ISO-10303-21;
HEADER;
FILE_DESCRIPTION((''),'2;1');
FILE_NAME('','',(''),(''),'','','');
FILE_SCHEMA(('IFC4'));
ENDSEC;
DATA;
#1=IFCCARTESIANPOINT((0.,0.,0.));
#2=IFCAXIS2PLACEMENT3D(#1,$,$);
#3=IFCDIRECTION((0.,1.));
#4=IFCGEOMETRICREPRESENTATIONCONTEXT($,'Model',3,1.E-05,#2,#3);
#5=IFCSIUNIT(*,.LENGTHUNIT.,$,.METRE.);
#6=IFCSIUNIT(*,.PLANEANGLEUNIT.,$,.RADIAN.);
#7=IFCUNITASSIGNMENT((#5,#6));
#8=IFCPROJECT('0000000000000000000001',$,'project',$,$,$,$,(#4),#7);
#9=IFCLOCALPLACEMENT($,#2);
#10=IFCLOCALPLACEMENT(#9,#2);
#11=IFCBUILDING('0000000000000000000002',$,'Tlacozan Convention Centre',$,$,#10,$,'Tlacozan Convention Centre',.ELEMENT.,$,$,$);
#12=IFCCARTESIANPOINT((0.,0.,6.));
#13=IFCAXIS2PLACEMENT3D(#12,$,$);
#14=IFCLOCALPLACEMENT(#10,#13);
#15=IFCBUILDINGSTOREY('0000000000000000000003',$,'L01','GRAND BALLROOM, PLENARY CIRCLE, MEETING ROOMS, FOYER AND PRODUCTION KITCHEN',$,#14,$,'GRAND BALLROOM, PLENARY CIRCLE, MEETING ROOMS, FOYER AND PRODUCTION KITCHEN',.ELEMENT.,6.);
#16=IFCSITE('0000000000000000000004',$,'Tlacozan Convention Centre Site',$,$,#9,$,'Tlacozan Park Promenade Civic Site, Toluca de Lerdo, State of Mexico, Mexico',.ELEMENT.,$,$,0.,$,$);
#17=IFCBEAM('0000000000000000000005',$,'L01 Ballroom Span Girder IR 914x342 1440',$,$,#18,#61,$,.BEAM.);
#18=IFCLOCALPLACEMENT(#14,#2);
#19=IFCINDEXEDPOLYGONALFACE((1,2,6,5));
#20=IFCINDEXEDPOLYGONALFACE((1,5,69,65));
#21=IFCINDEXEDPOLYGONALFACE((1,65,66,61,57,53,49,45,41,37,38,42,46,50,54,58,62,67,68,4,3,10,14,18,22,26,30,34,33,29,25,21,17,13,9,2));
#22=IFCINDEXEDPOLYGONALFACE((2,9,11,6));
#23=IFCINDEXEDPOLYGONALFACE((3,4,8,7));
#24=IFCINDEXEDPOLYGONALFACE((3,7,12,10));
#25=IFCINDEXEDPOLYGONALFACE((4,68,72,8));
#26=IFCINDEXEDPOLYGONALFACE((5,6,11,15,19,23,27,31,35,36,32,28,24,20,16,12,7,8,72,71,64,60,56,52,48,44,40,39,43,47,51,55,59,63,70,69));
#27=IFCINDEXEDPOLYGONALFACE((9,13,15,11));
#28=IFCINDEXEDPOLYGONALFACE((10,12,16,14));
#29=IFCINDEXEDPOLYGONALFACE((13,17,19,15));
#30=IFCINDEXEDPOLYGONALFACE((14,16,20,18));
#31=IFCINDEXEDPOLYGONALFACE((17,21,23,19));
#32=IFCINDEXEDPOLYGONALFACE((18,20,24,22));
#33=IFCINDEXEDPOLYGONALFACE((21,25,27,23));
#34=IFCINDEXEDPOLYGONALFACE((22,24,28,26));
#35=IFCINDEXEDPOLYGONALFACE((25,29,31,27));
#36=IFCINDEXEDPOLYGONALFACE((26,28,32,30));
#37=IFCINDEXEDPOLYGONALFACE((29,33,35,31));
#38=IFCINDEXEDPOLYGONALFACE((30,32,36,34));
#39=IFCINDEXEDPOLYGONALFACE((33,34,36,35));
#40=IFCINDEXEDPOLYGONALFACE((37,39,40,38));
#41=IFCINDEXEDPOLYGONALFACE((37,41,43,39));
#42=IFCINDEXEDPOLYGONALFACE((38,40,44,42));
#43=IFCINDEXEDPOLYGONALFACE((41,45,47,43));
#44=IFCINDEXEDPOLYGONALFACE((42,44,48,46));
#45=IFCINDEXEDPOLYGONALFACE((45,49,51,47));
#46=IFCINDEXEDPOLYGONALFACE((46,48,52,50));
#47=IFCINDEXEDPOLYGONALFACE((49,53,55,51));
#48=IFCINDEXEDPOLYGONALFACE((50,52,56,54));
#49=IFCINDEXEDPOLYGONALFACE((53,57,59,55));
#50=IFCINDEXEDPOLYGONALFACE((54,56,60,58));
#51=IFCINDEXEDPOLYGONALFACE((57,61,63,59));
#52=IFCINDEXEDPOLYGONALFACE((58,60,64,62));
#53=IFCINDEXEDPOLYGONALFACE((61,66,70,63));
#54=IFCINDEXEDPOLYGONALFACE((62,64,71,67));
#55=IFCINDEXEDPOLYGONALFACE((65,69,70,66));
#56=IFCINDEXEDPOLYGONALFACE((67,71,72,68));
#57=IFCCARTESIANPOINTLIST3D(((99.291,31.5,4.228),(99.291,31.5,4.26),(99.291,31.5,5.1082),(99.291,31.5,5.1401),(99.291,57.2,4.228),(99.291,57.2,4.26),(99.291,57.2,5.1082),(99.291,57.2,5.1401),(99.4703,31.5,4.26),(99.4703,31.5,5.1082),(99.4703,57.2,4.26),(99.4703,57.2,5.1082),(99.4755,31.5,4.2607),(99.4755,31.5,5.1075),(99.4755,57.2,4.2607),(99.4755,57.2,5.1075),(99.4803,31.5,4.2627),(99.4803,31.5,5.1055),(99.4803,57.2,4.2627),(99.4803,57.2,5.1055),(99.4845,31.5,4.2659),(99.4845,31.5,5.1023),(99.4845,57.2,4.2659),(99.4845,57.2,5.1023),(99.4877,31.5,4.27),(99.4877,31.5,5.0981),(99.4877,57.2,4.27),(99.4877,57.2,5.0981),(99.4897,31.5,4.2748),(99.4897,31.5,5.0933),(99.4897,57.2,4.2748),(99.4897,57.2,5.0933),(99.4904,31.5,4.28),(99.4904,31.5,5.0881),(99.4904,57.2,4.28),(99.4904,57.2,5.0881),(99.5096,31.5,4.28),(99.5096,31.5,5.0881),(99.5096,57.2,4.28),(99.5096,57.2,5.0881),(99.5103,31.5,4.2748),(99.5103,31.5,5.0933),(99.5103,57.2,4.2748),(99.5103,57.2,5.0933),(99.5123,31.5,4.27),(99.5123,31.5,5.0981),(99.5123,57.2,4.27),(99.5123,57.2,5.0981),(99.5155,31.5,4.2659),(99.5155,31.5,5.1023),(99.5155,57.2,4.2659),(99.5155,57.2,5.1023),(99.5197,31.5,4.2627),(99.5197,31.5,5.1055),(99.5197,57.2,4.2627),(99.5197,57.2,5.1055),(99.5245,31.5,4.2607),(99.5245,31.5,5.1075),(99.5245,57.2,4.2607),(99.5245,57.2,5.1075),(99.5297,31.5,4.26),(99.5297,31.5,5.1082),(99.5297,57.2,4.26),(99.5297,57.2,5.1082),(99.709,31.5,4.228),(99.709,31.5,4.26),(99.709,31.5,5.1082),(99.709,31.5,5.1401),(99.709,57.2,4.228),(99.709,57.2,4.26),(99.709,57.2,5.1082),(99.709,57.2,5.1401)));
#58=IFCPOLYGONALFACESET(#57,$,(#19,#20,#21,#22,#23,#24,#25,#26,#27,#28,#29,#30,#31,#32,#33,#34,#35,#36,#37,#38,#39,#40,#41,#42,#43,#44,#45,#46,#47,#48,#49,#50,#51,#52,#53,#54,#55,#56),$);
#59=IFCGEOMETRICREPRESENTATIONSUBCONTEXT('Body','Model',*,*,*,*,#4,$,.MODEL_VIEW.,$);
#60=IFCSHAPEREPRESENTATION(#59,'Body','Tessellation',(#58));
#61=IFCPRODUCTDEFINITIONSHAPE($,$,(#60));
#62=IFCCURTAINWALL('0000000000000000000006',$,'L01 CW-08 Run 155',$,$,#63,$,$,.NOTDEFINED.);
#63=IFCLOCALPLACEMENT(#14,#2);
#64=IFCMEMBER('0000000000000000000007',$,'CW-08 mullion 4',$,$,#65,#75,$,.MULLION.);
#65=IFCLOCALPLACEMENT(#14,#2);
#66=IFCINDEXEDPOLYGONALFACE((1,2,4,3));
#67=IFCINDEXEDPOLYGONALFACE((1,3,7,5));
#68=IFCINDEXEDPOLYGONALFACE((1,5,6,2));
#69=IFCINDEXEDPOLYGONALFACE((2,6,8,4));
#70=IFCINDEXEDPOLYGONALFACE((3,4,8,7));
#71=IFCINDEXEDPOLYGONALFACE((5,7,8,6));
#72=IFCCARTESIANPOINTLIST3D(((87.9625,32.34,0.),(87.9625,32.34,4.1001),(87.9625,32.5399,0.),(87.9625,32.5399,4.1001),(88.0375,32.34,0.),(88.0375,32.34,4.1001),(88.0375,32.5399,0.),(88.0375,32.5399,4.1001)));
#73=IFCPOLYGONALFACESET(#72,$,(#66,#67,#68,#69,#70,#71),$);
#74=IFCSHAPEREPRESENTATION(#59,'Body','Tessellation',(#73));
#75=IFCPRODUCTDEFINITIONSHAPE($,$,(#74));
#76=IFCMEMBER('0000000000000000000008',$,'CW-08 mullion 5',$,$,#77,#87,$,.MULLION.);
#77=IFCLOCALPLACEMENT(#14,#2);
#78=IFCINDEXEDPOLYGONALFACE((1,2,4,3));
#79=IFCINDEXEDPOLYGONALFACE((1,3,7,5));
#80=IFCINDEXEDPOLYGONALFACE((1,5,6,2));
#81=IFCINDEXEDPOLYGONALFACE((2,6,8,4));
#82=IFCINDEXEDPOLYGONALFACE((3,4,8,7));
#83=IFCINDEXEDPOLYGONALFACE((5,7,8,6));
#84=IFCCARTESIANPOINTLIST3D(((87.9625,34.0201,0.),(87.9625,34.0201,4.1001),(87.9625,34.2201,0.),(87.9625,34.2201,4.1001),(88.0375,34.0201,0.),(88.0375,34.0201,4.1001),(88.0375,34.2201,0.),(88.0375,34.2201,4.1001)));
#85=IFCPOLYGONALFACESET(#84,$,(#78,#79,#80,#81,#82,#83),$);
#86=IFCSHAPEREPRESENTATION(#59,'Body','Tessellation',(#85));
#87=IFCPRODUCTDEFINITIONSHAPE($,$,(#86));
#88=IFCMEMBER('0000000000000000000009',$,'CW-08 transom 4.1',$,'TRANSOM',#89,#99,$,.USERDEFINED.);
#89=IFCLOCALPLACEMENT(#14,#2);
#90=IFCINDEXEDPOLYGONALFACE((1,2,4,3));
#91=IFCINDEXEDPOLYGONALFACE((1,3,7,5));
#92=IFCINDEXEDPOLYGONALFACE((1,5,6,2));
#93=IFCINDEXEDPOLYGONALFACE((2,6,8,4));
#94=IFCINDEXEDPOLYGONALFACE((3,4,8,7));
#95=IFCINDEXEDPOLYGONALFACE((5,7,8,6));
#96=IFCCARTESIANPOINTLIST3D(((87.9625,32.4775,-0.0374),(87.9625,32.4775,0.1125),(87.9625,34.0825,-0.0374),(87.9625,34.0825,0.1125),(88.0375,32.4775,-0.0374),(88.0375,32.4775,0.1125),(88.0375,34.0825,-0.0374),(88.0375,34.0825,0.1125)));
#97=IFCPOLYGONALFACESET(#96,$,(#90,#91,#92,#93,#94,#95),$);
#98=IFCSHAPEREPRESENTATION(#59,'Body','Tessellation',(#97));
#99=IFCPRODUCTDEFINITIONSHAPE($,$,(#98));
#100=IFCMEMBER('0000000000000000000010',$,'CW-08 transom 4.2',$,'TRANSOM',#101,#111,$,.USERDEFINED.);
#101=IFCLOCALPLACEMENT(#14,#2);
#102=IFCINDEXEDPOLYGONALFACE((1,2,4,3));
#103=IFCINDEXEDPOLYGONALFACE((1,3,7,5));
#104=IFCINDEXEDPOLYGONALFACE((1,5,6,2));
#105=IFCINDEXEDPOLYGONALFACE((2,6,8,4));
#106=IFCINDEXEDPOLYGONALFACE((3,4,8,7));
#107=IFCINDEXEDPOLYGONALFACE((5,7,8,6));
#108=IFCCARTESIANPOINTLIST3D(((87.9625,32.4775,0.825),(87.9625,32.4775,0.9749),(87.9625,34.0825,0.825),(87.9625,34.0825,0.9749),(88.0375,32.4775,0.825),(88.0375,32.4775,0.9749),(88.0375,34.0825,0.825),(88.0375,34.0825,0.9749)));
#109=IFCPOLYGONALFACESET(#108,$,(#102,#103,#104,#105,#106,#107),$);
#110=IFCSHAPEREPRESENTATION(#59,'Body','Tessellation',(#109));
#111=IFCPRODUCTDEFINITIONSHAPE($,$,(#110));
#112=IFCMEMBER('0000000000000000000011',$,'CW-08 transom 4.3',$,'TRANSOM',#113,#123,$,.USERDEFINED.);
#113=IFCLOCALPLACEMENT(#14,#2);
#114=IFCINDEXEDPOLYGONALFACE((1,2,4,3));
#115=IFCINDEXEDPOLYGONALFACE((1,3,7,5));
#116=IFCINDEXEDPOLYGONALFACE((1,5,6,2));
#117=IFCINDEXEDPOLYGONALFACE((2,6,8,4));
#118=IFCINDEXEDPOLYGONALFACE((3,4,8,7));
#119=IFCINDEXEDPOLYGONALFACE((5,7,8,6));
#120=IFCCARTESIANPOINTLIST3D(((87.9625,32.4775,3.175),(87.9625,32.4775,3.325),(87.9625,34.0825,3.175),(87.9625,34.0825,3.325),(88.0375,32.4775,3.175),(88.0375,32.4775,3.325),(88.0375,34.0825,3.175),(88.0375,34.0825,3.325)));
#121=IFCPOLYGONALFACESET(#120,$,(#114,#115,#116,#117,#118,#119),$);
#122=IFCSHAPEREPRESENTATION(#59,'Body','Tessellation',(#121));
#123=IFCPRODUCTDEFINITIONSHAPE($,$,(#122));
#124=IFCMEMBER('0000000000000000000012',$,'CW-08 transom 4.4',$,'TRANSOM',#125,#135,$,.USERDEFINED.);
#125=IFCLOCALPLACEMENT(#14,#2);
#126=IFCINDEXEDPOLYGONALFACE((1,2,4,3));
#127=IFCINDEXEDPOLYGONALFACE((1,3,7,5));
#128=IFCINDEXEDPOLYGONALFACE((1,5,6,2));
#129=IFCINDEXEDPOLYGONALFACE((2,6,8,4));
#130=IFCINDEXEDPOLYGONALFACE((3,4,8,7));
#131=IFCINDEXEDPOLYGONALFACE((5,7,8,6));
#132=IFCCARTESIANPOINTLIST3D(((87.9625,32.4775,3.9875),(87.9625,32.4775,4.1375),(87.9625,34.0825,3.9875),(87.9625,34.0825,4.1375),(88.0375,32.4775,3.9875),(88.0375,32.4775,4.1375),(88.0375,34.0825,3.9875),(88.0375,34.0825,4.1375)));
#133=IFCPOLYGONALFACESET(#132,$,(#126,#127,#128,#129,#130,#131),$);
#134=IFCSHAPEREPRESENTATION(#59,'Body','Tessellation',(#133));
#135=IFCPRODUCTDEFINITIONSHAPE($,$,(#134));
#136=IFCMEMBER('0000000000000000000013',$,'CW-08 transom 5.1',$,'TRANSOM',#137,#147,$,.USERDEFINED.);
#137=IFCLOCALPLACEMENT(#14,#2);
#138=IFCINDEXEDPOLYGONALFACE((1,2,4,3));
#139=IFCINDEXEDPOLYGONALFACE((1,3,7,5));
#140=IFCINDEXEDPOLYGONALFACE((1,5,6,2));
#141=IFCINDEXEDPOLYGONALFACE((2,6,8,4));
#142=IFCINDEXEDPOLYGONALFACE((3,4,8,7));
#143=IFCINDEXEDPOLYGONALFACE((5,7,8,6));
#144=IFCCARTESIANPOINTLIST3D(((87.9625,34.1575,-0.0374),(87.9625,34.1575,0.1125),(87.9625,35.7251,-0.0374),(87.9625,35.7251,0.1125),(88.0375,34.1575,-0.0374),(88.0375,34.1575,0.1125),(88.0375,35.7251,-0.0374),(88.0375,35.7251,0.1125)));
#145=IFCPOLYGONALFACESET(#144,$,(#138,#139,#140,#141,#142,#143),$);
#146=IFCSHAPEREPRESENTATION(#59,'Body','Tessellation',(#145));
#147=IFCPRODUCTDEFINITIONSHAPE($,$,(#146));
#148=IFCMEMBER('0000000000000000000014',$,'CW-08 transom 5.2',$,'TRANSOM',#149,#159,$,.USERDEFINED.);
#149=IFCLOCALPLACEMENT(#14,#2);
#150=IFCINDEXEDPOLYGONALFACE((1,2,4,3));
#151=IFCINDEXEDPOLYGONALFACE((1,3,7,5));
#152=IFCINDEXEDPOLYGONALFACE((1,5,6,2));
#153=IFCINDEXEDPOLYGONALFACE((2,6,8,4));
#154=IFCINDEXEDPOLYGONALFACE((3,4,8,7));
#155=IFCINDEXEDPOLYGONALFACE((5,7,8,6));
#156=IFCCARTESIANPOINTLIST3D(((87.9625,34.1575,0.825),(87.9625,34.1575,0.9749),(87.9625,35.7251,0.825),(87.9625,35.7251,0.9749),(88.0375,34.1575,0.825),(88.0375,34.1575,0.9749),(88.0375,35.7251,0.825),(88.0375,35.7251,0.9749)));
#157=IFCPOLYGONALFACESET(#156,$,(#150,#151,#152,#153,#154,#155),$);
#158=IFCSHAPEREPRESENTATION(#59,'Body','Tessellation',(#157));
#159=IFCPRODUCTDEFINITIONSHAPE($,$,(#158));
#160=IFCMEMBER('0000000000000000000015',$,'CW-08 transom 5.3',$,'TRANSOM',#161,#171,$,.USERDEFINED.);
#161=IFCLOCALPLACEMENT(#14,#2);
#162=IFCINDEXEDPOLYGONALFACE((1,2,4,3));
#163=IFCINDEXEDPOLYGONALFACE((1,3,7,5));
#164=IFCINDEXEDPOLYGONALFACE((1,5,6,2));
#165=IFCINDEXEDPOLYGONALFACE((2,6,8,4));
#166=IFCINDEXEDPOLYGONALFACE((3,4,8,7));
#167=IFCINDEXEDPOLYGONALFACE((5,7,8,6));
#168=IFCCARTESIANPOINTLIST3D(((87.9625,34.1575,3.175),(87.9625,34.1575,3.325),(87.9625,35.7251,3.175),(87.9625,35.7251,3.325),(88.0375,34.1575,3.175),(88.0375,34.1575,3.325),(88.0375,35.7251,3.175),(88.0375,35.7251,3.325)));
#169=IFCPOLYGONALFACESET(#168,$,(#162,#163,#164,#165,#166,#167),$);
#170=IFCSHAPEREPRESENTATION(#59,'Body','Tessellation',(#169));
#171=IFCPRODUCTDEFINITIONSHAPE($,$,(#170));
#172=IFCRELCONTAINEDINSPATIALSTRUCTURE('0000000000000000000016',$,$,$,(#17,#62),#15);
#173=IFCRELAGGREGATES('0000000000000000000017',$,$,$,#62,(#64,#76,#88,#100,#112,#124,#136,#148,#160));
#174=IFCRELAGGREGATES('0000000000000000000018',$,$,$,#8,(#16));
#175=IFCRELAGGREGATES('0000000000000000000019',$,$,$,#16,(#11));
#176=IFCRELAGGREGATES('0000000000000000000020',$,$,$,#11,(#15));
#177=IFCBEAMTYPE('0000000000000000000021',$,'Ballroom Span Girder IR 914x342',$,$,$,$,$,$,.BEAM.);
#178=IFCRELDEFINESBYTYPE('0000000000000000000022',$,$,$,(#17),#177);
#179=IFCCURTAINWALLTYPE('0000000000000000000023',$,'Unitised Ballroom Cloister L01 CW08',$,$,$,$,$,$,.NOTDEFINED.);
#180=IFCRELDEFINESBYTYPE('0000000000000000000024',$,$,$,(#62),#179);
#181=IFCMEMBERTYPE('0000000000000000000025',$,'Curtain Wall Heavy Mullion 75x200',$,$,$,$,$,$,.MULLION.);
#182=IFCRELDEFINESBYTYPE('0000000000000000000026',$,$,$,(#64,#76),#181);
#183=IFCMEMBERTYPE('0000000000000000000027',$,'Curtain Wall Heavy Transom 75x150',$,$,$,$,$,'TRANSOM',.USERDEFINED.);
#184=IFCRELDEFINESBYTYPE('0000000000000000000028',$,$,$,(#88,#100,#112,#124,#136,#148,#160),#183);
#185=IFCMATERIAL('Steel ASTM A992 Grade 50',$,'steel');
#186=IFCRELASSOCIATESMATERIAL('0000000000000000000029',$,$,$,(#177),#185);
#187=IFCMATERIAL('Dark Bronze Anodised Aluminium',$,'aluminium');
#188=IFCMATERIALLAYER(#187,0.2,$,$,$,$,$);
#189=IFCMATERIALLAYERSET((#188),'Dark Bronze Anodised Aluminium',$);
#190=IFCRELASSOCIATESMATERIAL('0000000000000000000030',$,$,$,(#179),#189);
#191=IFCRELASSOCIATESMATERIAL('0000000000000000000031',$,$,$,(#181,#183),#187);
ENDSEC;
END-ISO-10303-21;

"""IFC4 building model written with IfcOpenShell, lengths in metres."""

from ifc_helpers import new_model, si_unit, direction, frame, origin, origin_2d, place, context, subcontext, project, spatial, rectangle, i_section, extrude, material, layer, layer_set, material_profile, profile_set, type_object, element, aggregate, save


model = new_model("IFC4")

# Units and contexts
model_context = context("Model", 3, precision=1e-05, world=origin(), true_north=direction((0.0, 1.0)))
body_context = subcontext(model_context, "Body", "Model", "MODEL_VIEW")
ifc_project = project(units=[si_unit("LENGTHUNIT", "METRE"), si_unit("PLANEANGLEUNIT", "RADIAN")], contexts=[model_context])

# Site, building, storey
site_placement = place(None, origin())
site = spatial("IfcSite", under=ifc_project, at=site_placement, Name="Tlacozan Convention Centre Site", LongName="Tlacozan Park Promenade Civic Site, Toluca de Lerdo, State of Mexico, Mexico", CompositionType="ELEMENT", RefElevation=0.0)
building_placement = place(site_placement, origin())
building = spatial("IfcBuilding", under=site, at=building_placement, Name="Tlacozan Convention Centre", LongName="Tlacozan Convention Centre", CompositionType="ELEMENT")
storey_placement = place(building_placement, frame((0.0, 0.0, 6.0)))
storey = spatial("IfcBuildingStorey", under=building, at=storey_placement, Name="L01", Description="GRAND BALLROOM, PLENARY CIRCLE, MEETING ROOMS, FOYER AND PRODUCTION KITCHEN", LongName="GRAND BALLROOM, PLENARY CIRCLE, MEETING ROOMS, FOYER AND PRODUCTION KITCHEN", CompositionType="ELEMENT", Elevation=6.0)

# Shared definitions
ifc_material_1 = material(Name="Steel ASTM A992 Grade 50", Category="steel")

# Beam
ifc_material_profile_1 = material_profile(ifc_material_1, i_section(OverallWidth=0.418, OverallDepth=0.9121, WebThickness=0.0193, FlangeThickness=0.032, FilletRadius=0.02, at=origin_2d()), Name="IR 914x342.0")
ifc_profile_set_1 = profile_set([ifc_material_profile_1], Name="Steel ASTM A992 Grade 50")
beam_type_1 = type_object("IfcBeamType", Name="Ballroom Span Girder IR 914x342", PredefinedType="BEAM", material=ifc_profile_set_1)
beam_1_placement = place(storey_placement, frame((99.5, 31.5, 4.6841), z_axis=(0.0, 1.0, 0.0), x_axis=(-1.0, 0.0, 0.0)))
element("IfcBeam", 1, at=beam_1_placement, inside=storey, type_object=beam_type_1, Name="L01 Ballroom Span Girder IR 914x342 1440", PredefinedType="BEAM", context=body_context, shape_type="SweptSolid", body=[
    extrude(i_section(OverallWidth=0.418, OverallDepth=0.9121, WebThickness=0.0193, FlangeThickness=0.032, FilletRadius=0.02, at=origin_2d()), origin(), (0.0, 0.0, 1.0), 25.7),
])

# Curtain wall, members
ifc_material_2 = material(Name="Dark Bronze Anodised Aluminium", Category="aluminium")
ifc_layer_1 = layer(ifc_material_2, 0.2)
ifc_layer_set_1 = layer_set([ifc_layer_1], Name="Dark Bronze Anodised Aluminium")
curtain_wall_type = type_object("IfcCurtainWallType", Name="Unitised Ballroom Cloister L01 CW08", PredefinedType="NOTDEFINED", material=ifc_layer_set_1)
curtain_wall_placement = place(storey_placement, origin())
curtain_wall = element("IfcCurtainWall", 2, at=curtain_wall_placement, inside=storey, type_object=curtain_wall_type, Name="L01 CW-08 Run 155", PredefinedType="NOTDEFINED")
ifc_material_profile_2 = material_profile(ifc_material_2, rectangle(XDim=0.075, YDim=0.2, at=origin_2d()), Name="ALU 75x200")
ifc_profile_set_2 = profile_set([ifc_material_profile_2], Name="Dark Bronze Anodised Aluminium")
member_type_1 = type_object("IfcMemberType", Name="Curtain Wall Heavy Mullion 75x200", PredefinedType="MULLION", material=ifc_profile_set_2)
member_1_placement = place(storey_placement, frame((88.0, 32.4399, 0.0), z_axis=(0.0, 0.0, 1.0), x_axis=(-1.0, 0.0, 0.0)))
member_1 = element("IfcMember", 3, at=member_1_placement, type_object=member_type_1, Name="CW-08 mullion 4", PredefinedType="MULLION", context=body_context, shape_type="SweptSolid", body=[
    extrude(rectangle(XDim=0.075, YDim=0.2, at=origin_2d()), origin(), (0.0, 0.0, 1.0), 4.1001),
])
member_2_placement = place(storey_placement, frame((88.0, 34.1201, 0.0), z_axis=(0.0, 0.0, 1.0), x_axis=(-1.0, 0.0, 0.0)))
member_2 = element("IfcMember", 4, at=member_2_placement, type_object=member_type_1, Name="CW-08 mullion 5", PredefinedType="MULLION", context=body_context, shape_type="SweptSolid", body=[
    extrude(rectangle(XDim=0.075, YDim=0.2, at=origin_2d()), origin(), (0.0, 0.0, 1.0), 4.1001),
])
ifc_material_profile_3 = material_profile(ifc_material_2, rectangle(XDim=0.075, YDim=0.1499, at=origin_2d()), Name="ALU 75x150")
ifc_profile_set_3 = profile_set([ifc_material_profile_3], Name="Dark Bronze Anodised Aluminium")
member_type_2 = type_object("IfcMemberType", Name="Curtain Wall Heavy Transom 75x150", ElementType="TRANSOM", PredefinedType="USERDEFINED", material=ifc_profile_set_3)
member_3_placement = place(storey_placement, frame((88.0, 32.4775, 0.0376), z_axis=(0.0, 1.0, 0.0), x_axis=(-1.0, 0.0, 0.0)))
member_3 = element("IfcMember", 5, at=member_3_placement, type_object=member_type_2, Name="CW-08 transom 4.1", ObjectType="TRANSOM", PredefinedType="USERDEFINED", context=body_context, shape_type="SweptSolid", body=[
    extrude(rectangle(XDim=0.075, YDim=0.1499, at=origin_2d()), origin(), (0.0, 0.0, 1.0), 1.605),
])
member_4_placement = place(storey_placement, frame((88.0, 32.4775, 0.8999), z_axis=(0.0, 1.0, 0.0), x_axis=(-1.0, 0.0, 0.0)))
member_4 = element("IfcMember", 6, at=member_4_placement, type_object=member_type_2, Name="CW-08 transom 4.2", ObjectType="TRANSOM", PredefinedType="USERDEFINED", context=body_context, shape_type="SweptSolid", body=[
    extrude(rectangle(XDim=0.075, YDim=0.1499, at=origin_2d()), origin(), (0.0, 0.0, 1.0), 1.605),
])
member_5_placement = place(storey_placement, frame((88.0, 32.4775, 3.25), z_axis=(0.0, 1.0, 0.0), x_axis=(-1.0, 0.0, 0.0)))
member_5 = element("IfcMember", 7, at=member_5_placement, type_object=member_type_2, Name="CW-08 transom 4.3", ObjectType="TRANSOM", PredefinedType="USERDEFINED", context=body_context, shape_type="SweptSolid", body=[
    extrude(rectangle(XDim=0.075, YDim=0.1499, at=origin_2d()), origin(), (0.0, 0.0, 1.0), 1.605),
])
member_6_placement = place(storey_placement, frame((88.0, 32.4775, 4.0625), z_axis=(0.0, 1.0, 0.0), x_axis=(-1.0, 0.0, 0.0)))
member_6 = element("IfcMember", 8, at=member_6_placement, type_object=member_type_2, Name="CW-08 transom 4.4", ObjectType="TRANSOM", PredefinedType="USERDEFINED", context=body_context, shape_type="SweptSolid", body=[
    extrude(rectangle(XDim=0.075, YDim=0.1499, at=origin_2d()), origin(), (0.0, 0.0, 1.0), 1.605),
])
member_7_placement = place(storey_placement, frame((88.0, 34.1575, 0.0376), z_axis=(0.0, 1.0, 0.0), x_axis=(-1.0, 0.0, 0.0)))
member_7 = element("IfcMember", 9, at=member_7_placement, type_object=member_type_2, Name="CW-08 transom 5.1", ObjectType="TRANSOM", PredefinedType="USERDEFINED", context=body_context, shape_type="SweptSolid", body=[
    extrude(rectangle(XDim=0.075, YDim=0.1499, at=origin_2d()), origin(), (0.0, 0.0, 1.0), 1.5676),
])
member_8_placement = place(storey_placement, frame((88.0, 34.1575, 0.8999), z_axis=(0.0, 1.0, 0.0), x_axis=(-1.0, 0.0, 0.0)))
member_8 = element("IfcMember", 10, at=member_8_placement, type_object=member_type_2, Name="CW-08 transom 5.2", ObjectType="TRANSOM", PredefinedType="USERDEFINED", context=body_context, shape_type="SweptSolid", body=[
    extrude(rectangle(XDim=0.075, YDim=0.1499, at=origin_2d()), origin(), (0.0, 0.0, 1.0), 1.5676),
])
member_9_placement = place(storey_placement, frame((88.0, 34.1575, 3.25), z_axis=(0.0, 1.0, 0.0), x_axis=(-1.0, 0.0, 0.0)))
member_9 = element("IfcMember", 11, at=member_9_placement, type_object=member_type_2, Name="CW-08 transom 5.3", ObjectType="TRANSOM", PredefinedType="USERDEFINED", context=body_context, shape_type="SweptSolid", body=[
    extrude(rectangle(XDim=0.075, YDim=0.1499, at=origin_2d()), origin(), (0.0, 0.0, 1.0), 1.5676),
])

aggregate(curtain_wall, [member_1, member_2, member_3, member_4, member_5, member_6, member_7, member_8, member_9])

save(model, "model.ifc")
